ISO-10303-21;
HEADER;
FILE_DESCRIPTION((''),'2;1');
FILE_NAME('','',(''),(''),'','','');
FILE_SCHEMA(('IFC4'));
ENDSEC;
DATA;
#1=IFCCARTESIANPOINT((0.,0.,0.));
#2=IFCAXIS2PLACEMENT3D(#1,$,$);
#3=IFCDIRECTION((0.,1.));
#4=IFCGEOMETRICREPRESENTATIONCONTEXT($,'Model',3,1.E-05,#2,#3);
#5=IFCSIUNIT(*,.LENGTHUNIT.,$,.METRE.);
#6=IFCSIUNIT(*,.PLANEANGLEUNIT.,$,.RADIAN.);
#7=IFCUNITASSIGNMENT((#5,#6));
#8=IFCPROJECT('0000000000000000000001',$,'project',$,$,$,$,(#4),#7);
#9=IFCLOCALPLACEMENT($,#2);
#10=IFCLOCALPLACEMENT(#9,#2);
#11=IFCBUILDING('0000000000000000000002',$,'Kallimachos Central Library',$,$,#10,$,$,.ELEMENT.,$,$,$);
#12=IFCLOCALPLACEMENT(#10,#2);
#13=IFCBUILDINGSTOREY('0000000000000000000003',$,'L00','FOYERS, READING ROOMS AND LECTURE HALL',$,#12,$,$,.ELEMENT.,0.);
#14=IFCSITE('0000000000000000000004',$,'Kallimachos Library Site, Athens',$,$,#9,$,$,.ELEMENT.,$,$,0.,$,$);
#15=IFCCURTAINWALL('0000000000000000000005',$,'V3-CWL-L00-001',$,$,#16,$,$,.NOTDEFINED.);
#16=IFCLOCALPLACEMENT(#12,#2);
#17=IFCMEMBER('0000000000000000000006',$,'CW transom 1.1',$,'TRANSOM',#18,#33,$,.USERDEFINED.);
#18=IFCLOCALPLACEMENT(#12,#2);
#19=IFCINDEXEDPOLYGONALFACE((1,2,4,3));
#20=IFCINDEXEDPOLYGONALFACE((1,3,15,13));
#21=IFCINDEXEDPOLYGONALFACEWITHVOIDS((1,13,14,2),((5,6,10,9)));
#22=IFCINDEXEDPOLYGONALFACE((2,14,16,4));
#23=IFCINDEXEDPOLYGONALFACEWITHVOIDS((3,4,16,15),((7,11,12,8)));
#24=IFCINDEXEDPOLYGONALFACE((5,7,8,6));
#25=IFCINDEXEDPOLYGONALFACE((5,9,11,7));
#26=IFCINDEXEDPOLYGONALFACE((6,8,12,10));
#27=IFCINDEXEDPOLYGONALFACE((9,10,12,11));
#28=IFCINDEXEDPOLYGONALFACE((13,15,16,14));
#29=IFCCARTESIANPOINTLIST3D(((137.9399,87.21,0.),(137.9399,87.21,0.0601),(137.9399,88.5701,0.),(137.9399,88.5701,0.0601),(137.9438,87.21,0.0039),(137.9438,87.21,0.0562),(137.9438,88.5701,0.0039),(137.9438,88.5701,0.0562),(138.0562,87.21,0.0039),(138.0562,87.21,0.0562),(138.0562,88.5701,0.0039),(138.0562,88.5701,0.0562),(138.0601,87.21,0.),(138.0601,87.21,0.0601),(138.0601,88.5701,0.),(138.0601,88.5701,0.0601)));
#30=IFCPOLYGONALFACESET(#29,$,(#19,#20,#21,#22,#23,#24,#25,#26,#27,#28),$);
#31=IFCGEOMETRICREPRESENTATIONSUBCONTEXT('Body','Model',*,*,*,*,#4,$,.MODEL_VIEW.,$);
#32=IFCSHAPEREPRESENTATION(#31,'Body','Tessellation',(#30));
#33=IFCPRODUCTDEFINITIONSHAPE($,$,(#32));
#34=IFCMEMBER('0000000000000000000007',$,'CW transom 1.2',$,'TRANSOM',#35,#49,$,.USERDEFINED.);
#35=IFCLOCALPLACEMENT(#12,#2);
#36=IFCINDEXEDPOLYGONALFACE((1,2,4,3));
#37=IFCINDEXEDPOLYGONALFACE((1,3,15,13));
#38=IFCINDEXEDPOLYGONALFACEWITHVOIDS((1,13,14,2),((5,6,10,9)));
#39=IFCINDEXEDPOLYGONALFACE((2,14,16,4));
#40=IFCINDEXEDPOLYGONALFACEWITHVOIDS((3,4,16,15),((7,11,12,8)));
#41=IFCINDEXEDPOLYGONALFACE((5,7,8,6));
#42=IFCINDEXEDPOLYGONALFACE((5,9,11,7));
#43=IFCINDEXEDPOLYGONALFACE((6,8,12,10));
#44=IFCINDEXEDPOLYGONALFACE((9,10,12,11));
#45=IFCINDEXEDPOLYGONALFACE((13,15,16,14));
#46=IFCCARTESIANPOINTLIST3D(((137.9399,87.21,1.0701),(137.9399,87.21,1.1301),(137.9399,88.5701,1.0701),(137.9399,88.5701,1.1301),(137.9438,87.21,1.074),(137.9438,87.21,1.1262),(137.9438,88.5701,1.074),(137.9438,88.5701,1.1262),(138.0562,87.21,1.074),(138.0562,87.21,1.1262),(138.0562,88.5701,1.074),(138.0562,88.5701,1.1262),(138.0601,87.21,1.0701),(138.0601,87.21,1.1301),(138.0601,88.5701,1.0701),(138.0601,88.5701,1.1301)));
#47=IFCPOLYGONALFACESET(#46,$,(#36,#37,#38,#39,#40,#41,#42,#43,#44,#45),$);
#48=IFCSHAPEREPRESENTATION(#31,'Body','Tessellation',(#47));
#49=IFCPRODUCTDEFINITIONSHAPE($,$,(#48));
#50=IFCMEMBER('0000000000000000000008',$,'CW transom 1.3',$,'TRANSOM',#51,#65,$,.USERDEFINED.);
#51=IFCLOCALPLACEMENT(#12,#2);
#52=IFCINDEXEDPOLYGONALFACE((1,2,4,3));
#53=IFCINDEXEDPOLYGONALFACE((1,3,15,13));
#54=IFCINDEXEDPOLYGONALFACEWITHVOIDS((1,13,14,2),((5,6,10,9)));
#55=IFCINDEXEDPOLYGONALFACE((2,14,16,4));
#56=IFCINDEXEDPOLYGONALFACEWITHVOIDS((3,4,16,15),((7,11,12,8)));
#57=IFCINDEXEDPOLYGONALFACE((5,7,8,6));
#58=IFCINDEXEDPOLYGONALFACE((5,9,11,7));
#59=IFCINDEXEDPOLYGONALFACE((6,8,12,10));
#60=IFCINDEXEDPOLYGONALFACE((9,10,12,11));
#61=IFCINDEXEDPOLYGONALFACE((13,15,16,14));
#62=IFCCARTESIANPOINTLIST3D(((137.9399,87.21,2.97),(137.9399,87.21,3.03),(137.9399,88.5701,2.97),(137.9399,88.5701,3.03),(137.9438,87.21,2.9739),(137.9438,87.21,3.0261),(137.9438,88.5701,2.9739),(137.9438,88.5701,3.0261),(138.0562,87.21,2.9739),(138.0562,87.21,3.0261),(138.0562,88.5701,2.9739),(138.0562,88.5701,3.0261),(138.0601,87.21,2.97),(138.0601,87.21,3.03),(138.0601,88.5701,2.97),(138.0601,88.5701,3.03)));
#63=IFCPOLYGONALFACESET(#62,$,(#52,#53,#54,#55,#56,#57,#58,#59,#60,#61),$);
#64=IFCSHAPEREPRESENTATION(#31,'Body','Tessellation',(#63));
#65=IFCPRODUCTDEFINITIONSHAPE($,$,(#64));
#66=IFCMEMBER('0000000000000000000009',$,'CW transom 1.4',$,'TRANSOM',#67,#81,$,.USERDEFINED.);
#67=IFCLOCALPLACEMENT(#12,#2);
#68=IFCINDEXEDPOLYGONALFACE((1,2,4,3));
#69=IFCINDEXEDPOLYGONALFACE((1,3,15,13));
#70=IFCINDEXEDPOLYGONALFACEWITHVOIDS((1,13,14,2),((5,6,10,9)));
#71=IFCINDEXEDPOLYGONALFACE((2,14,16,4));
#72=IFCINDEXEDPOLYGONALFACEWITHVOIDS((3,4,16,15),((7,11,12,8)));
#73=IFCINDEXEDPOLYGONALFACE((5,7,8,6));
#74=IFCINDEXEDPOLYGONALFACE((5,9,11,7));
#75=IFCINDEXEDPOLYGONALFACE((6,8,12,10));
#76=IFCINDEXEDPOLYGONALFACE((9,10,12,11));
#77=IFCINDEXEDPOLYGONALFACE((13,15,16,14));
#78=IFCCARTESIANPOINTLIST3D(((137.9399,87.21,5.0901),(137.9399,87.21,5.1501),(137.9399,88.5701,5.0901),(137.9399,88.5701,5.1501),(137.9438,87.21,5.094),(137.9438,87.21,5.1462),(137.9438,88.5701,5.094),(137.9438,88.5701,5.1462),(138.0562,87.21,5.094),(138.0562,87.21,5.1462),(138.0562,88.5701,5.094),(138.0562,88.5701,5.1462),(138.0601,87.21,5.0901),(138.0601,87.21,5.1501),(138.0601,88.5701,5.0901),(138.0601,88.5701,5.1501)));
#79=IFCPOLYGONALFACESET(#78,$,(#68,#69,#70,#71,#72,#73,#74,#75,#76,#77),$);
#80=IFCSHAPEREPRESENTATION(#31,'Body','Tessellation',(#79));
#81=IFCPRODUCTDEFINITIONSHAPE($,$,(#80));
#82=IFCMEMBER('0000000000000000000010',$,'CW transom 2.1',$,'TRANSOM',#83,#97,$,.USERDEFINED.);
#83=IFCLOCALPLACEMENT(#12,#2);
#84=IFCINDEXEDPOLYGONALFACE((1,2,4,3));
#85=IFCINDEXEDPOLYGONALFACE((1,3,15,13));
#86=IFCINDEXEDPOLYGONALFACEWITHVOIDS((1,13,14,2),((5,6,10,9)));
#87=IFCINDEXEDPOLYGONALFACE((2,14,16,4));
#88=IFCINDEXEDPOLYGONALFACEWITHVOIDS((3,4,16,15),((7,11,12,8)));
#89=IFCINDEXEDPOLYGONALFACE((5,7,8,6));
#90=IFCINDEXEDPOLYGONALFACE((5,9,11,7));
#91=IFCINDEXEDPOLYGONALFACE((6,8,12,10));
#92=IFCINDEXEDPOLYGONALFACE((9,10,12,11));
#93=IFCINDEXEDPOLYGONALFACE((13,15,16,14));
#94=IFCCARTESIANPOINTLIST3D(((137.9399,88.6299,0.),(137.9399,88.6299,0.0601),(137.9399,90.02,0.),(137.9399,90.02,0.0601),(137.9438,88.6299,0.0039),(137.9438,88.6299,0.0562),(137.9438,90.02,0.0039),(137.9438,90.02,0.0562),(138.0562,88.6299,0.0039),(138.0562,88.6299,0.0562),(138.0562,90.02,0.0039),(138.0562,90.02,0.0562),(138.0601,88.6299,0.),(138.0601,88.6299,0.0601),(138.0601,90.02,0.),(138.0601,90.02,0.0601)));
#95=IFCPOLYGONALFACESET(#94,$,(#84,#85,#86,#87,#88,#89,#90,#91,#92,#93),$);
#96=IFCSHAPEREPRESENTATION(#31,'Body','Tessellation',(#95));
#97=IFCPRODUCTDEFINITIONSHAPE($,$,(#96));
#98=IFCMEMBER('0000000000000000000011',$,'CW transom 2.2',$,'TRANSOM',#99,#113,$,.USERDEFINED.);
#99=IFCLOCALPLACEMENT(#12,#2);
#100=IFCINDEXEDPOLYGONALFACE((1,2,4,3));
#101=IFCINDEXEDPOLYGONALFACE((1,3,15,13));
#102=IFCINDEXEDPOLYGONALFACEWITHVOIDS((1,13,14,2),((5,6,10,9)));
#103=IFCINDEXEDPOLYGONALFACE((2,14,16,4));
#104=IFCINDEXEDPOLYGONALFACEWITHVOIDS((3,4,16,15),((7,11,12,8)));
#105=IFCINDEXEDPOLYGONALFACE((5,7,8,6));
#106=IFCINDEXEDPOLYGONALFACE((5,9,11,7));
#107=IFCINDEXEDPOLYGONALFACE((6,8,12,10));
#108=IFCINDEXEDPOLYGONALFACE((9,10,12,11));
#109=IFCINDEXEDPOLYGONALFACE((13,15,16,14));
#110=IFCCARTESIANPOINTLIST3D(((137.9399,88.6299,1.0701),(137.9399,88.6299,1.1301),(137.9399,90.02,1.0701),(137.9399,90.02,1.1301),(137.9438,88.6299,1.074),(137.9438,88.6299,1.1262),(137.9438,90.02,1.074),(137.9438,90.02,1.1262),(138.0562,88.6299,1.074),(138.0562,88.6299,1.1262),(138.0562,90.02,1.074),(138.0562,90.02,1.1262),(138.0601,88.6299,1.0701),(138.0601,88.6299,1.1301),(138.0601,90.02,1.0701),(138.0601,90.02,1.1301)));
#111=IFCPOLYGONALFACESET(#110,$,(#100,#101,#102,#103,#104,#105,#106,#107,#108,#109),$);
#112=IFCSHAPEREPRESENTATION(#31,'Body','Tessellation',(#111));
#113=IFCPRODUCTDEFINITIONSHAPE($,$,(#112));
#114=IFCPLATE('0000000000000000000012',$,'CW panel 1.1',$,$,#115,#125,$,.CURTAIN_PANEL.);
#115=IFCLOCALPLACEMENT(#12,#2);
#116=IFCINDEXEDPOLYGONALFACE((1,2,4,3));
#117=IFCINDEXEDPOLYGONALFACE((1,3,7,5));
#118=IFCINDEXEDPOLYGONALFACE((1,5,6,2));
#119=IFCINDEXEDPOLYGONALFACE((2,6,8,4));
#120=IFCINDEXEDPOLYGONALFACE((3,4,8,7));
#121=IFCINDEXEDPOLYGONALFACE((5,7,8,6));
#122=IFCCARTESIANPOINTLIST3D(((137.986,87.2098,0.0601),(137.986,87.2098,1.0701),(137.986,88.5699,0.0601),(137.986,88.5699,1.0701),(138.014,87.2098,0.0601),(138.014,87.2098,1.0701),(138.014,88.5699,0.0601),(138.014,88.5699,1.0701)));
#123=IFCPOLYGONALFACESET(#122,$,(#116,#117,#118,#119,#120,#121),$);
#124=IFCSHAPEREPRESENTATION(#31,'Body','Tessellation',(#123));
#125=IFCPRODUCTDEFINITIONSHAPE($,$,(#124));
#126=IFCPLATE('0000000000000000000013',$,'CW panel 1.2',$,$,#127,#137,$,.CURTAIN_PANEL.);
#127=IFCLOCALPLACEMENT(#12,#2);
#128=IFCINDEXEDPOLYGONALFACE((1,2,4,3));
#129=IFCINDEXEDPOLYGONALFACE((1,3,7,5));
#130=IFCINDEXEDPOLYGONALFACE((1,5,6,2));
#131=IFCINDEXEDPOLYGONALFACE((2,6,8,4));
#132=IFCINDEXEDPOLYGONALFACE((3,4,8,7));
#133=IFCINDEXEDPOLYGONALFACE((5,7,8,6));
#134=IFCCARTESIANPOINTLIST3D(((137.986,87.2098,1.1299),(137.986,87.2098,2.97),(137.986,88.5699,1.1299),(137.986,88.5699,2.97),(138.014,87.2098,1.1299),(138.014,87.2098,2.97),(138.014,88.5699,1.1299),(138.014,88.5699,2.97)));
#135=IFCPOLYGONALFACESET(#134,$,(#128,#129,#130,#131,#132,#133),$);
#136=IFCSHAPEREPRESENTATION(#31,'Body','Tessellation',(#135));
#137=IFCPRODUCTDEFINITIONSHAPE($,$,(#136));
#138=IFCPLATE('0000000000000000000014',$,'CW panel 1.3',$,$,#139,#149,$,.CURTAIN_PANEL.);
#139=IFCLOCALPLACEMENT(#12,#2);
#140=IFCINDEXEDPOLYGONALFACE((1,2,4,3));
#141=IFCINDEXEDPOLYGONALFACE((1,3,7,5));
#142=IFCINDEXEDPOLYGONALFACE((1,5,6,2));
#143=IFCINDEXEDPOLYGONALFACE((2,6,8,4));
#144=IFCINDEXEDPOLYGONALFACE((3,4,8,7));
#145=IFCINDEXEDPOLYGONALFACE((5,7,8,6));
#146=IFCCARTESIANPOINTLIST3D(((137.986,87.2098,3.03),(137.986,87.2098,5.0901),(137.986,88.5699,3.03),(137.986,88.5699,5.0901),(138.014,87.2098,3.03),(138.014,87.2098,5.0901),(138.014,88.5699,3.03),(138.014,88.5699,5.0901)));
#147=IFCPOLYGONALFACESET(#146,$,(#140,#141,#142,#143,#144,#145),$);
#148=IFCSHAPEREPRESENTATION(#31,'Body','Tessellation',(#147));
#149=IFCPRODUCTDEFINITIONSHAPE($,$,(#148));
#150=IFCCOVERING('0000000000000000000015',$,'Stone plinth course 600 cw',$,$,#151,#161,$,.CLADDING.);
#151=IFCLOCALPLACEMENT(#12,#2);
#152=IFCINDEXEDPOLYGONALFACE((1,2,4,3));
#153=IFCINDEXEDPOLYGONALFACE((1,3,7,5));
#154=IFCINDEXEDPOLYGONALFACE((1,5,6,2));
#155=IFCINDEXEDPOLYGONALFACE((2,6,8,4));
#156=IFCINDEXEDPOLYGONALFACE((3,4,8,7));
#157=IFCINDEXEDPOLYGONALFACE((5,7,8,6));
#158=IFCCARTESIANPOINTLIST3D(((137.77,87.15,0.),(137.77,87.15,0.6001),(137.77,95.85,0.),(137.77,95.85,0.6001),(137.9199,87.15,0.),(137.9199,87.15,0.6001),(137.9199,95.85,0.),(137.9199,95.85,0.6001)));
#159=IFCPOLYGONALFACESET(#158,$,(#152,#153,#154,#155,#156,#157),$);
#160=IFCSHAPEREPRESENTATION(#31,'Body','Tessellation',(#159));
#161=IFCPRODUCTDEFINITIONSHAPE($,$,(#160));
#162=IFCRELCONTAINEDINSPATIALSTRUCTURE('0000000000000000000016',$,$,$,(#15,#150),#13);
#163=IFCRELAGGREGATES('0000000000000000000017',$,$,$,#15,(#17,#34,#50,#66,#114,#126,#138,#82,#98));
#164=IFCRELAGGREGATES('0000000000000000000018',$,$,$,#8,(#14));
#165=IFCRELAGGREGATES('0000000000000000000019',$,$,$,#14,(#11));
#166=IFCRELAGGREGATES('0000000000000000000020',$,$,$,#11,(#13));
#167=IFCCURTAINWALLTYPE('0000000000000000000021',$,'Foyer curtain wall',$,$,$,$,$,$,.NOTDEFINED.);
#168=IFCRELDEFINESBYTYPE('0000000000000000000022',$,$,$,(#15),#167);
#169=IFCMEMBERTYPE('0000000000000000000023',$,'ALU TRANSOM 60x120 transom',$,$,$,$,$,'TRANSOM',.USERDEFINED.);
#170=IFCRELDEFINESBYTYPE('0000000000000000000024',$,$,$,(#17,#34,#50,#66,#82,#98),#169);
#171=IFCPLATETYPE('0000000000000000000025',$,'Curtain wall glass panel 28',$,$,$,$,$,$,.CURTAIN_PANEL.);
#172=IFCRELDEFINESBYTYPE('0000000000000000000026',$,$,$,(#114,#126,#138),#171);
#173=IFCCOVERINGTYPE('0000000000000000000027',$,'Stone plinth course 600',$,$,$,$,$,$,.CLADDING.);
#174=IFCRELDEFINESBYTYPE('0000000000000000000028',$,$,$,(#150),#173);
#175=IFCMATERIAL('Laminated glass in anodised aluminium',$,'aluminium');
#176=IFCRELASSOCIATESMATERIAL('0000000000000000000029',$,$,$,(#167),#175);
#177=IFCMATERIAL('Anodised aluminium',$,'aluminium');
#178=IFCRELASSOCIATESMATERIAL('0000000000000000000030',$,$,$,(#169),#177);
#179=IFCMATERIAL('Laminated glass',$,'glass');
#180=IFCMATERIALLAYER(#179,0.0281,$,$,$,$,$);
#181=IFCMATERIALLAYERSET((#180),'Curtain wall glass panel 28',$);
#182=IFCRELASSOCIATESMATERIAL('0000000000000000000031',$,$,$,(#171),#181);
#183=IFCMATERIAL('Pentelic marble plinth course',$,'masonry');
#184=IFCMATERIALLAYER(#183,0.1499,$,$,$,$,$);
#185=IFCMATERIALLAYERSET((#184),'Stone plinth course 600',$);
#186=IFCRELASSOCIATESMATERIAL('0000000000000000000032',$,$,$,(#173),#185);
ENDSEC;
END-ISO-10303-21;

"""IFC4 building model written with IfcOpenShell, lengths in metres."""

from ifc_helpers import new_model, si_unit, direction, frame, origin, origin_2d, place, context, subcontext, project, spatial, rectangle, hollow_rectangle, extrude, material, layer, layer_set, material_profile, profile_set, type_object, element, aggregate, save


model = new_model("IFC4")

# Units and contexts
model_context = context("Model", 3, precision=1e-05, world=origin(), true_north=direction((0.0, 1.0)))
body_context = subcontext(model_context, "Body", "Model", "MODEL_VIEW")
ifc_project = project(units=[si_unit("LENGTHUNIT", "METRE"), si_unit("PLANEANGLEUNIT", "RADIAN")], contexts=[model_context])

# Site, building, storey
site_placement = place(None, origin())
site = spatial("IfcSite", under=ifc_project, at=site_placement, Name="Kallimachos Library Site, Athens", CompositionType="ELEMENT", RefElevation=0.0)
building_placement = place(site_placement, origin())
building = spatial("IfcBuilding", under=site, at=building_placement, Name="Kallimachos Central Library", CompositionType="ELEMENT")
storey_placement = place(building_placement, origin())
storey = spatial("IfcBuildingStorey", under=building, at=storey_placement, Name="L00", Description="FOYERS, READING ROOMS AND LECTURE HALL", CompositionType="ELEMENT", Elevation=0.0)

# Curtain wall, members, plates
ifc_material_1 = material(Name="Laminated glass in anodised aluminium", Category="aluminium")
curtain_wall_type = type_object("IfcCurtainWallType", Name="Foyer curtain wall", PredefinedType="NOTDEFINED", material=ifc_material_1)
curtain_wall_placement = place(storey_placement, origin())
curtain_wall = element("IfcCurtainWall", 1, at=curtain_wall_placement, inside=storey, type_object=curtain_wall_type, Name="V3-CWL-L00-001", PredefinedType="NOTDEFINED")
ifc_material_2 = material(Name="Anodised aluminium", Category="aluminium")
ifc_material_profile_1 = material_profile(ifc_material_2, hollow_rectangle(XDim=0.0601, YDim=0.1201, WallThickness=0.0039, at=origin_2d()), Name="ALU TRANSOM 60x120")
ifc_profile_set_1 = profile_set([ifc_material_profile_1], Name="Anodised aluminium")
member_type_1 = type_object("IfcMemberType", Name="ALU TRANSOM 60x120 transom", ElementType="TRANSOM", PredefinedType="USERDEFINED", material=ifc_profile_set_1)
member_1_placement = place(storey_placement, frame((138.0, 87.21, 0.03), z_axis=(0.0, 1.0, 0.0), x_axis=(0.0, 0.0, 1.0)))
member_1 = element("IfcMember", 2, at=member_1_placement, type_object=member_type_1, Name="CW transom 1.1", ObjectType="TRANSOM", PredefinedType="USERDEFINED", context=body_context, shape_type="SweptSolid", body=[
    extrude(hollow_rectangle(XDim=0.0601, YDim=0.1201, WallThickness=0.0039, at=origin_2d()), origin(), (0.0, 0.0, 1.0), 1.3601),
])
member_2_placement = place(storey_placement, frame((138.0, 87.21, 1.1001), z_axis=(0.0, 1.0, 0.0), x_axis=(0.0, 0.0, 1.0)))
member_2 = element("IfcMember", 3, at=member_2_placement, type_object=member_type_1, Name="CW transom 1.2", ObjectType="TRANSOM", PredefinedType="USERDEFINED", context=body_context, shape_type="SweptSolid", body=[
    extrude(hollow_rectangle(XDim=0.0601, YDim=0.1201, WallThickness=0.0039, at=origin_2d()), origin(), (0.0, 0.0, 1.0), 1.3601),
])
member_3_placement = place(storey_placement, frame((138.0, 87.21, 3.0), z_axis=(0.0, 1.0, 0.0), x_axis=(0.0, 0.0, 1.0)))
member_3 = element("IfcMember", 4, at=member_3_placement, type_object=member_type_1, Name="CW transom 1.3", ObjectType="TRANSOM", PredefinedType="USERDEFINED", context=body_context, shape_type="SweptSolid", body=[
    extrude(hollow_rectangle(XDim=0.0601, YDim=0.1201, WallThickness=0.0039, at=origin_2d()), origin(), (0.0, 0.0, 1.0), 1.3601),
])
member_4_placement = place(storey_placement, frame((138.0, 87.21, 5.1201), z_axis=(0.0, 1.0, 0.0), x_axis=(0.0, 0.0, 1.0)))
member_4 = element("IfcMember", 5, at=member_4_placement, type_object=member_type_1, Name="CW transom 1.4", ObjectType="TRANSOM", PredefinedType="USERDEFINED", context=body_context, shape_type="SweptSolid", body=[
    extrude(hollow_rectangle(XDim=0.0601, YDim=0.1201, WallThickness=0.0039, at=origin_2d()), origin(), (0.0, 0.0, 1.0), 1.3601),
])
member_5_placement = place(storey_placement, frame((138.0, 88.6299, 0.03), z_axis=(0.0, 1.0, 0.0), x_axis=(0.0, 0.0, 1.0)))
member_5 = element("IfcMember", 6, at=member_5_placement, type_object=member_type_1, Name="CW transom 2.1", ObjectType="TRANSOM", PredefinedType="USERDEFINED", context=body_context, shape_type="SweptSolid", body=[
    extrude(hollow_rectangle(XDim=0.0601, YDim=0.1201, WallThickness=0.0039, at=origin_2d()), origin(), (0.0, 0.0, 1.0), 1.3901),
])
member_6_placement = place(storey_placement, frame((138.0, 88.6299, 1.1001), z_axis=(0.0, 1.0, 0.0), x_axis=(0.0, 0.0, 1.0)))
member_6 = element("IfcMember", 7, at=member_6_placement, type_object=member_type_1, Name="CW transom 2.2", ObjectType="TRANSOM", PredefinedType="USERDEFINED", context=body_context, shape_type="SweptSolid", body=[
    extrude(hollow_rectangle(XDim=0.0601, YDim=0.1201, WallThickness=0.0039, at=origin_2d()), origin(), (0.0, 0.0, 1.0), 1.3901),
])
ifc_material_3 = material(Name="Laminated glass", Category="glass")
ifc_layer_1 = layer(ifc_material_3, 0.0281)
ifc_layer_set_1 = layer_set([ifc_layer_1], Name="Curtain wall glass panel 28")
plate_type = type_object("IfcPlateType", Name="Curtain wall glass panel 28", PredefinedType="CURTAIN_PANEL", material=ifc_layer_set_1)
plate_1_placement = place(storey_placement, frame((138.0, 87.8899, 0.0601), z_axis=(0.0, 0.0, 1.0), x_axis=(0.0, 1.0, 0.0)))
plate_1 = element("IfcPlate", 8, at=plate_1_placement, type_object=plate_type, Name="CW panel 1.1", PredefinedType="CURTAIN_PANEL", context=body_context, shape_type="SweptSolid", body=[
    extrude(rectangle(XDim=1.3601, YDim=0.0281, at=origin_2d()), origin(), (0.0, 0.0, 1.0), 1.01),
])
plate_2_placement = place(storey_placement, frame((138.0, 87.8899, 1.1299), z_axis=(0.0, 0.0, 1.0), x_axis=(0.0, 1.0, 0.0)))
plate_2 = element("IfcPlate", 9, at=plate_2_placement, type_object=plate_type, Name="CW panel 1.2", PredefinedType="CURTAIN_PANEL", context=body_context, shape_type="SweptSolid", body=[
    extrude(rectangle(XDim=1.3601, YDim=0.0281, at=origin_2d()), origin(), (0.0, 0.0, 1.0), 1.8401),
])
plate_3_placement = place(storey_placement, frame((138.0, 87.8899, 3.03), z_axis=(0.0, 0.0, 1.0), x_axis=(0.0, 1.0, 0.0)))
plate_3 = element("IfcPlate", 10, at=plate_3_placement, type_object=plate_type, Name="CW panel 1.3", PredefinedType="CURTAIN_PANEL", context=body_context, shape_type="SweptSolid", body=[
    extrude(rectangle(XDim=1.3601, YDim=0.0281, at=origin_2d()), origin(), (0.0, 0.0, 1.0), 2.0601),
])
aggregate(curtain_wall, [member_1, member_2, member_3, member_4, plate_1, plate_2, plate_3, member_5, member_6])

# Covering
ifc_material_4 = material(Name="Pentelic marble plinth course", Category="masonry")
ifc_layer_2 = layer(ifc_material_4, 0.1499)
ifc_layer_set_2 = layer_set([ifc_layer_2], Name="Stone plinth course 600")
covering_type = type_object("IfcCoveringType", Name="Stone plinth course 600", PredefinedType="CLADDING", material=ifc_layer_set_2)
covering_placement = place(storey_placement, frame((137.845, 91.5, 0.0), z_axis=(0.0, 0.0, 1.0), x_axis=(1.0, 0.0, 0.0)))
element("IfcCovering", 11, at=covering_placement, inside=storey, type_object=covering_type, Name="Stone plinth course 600 cw", PredefinedType="CLADDING", context=body_context, shape_type="SweptSolid", body=[
    extrude(rectangle(XDim=0.1499, YDim=8.7, at=origin_2d()), origin(), (0.0, 0.0, 1.0), 0.6001),
])

save(model, "model.ifc")
